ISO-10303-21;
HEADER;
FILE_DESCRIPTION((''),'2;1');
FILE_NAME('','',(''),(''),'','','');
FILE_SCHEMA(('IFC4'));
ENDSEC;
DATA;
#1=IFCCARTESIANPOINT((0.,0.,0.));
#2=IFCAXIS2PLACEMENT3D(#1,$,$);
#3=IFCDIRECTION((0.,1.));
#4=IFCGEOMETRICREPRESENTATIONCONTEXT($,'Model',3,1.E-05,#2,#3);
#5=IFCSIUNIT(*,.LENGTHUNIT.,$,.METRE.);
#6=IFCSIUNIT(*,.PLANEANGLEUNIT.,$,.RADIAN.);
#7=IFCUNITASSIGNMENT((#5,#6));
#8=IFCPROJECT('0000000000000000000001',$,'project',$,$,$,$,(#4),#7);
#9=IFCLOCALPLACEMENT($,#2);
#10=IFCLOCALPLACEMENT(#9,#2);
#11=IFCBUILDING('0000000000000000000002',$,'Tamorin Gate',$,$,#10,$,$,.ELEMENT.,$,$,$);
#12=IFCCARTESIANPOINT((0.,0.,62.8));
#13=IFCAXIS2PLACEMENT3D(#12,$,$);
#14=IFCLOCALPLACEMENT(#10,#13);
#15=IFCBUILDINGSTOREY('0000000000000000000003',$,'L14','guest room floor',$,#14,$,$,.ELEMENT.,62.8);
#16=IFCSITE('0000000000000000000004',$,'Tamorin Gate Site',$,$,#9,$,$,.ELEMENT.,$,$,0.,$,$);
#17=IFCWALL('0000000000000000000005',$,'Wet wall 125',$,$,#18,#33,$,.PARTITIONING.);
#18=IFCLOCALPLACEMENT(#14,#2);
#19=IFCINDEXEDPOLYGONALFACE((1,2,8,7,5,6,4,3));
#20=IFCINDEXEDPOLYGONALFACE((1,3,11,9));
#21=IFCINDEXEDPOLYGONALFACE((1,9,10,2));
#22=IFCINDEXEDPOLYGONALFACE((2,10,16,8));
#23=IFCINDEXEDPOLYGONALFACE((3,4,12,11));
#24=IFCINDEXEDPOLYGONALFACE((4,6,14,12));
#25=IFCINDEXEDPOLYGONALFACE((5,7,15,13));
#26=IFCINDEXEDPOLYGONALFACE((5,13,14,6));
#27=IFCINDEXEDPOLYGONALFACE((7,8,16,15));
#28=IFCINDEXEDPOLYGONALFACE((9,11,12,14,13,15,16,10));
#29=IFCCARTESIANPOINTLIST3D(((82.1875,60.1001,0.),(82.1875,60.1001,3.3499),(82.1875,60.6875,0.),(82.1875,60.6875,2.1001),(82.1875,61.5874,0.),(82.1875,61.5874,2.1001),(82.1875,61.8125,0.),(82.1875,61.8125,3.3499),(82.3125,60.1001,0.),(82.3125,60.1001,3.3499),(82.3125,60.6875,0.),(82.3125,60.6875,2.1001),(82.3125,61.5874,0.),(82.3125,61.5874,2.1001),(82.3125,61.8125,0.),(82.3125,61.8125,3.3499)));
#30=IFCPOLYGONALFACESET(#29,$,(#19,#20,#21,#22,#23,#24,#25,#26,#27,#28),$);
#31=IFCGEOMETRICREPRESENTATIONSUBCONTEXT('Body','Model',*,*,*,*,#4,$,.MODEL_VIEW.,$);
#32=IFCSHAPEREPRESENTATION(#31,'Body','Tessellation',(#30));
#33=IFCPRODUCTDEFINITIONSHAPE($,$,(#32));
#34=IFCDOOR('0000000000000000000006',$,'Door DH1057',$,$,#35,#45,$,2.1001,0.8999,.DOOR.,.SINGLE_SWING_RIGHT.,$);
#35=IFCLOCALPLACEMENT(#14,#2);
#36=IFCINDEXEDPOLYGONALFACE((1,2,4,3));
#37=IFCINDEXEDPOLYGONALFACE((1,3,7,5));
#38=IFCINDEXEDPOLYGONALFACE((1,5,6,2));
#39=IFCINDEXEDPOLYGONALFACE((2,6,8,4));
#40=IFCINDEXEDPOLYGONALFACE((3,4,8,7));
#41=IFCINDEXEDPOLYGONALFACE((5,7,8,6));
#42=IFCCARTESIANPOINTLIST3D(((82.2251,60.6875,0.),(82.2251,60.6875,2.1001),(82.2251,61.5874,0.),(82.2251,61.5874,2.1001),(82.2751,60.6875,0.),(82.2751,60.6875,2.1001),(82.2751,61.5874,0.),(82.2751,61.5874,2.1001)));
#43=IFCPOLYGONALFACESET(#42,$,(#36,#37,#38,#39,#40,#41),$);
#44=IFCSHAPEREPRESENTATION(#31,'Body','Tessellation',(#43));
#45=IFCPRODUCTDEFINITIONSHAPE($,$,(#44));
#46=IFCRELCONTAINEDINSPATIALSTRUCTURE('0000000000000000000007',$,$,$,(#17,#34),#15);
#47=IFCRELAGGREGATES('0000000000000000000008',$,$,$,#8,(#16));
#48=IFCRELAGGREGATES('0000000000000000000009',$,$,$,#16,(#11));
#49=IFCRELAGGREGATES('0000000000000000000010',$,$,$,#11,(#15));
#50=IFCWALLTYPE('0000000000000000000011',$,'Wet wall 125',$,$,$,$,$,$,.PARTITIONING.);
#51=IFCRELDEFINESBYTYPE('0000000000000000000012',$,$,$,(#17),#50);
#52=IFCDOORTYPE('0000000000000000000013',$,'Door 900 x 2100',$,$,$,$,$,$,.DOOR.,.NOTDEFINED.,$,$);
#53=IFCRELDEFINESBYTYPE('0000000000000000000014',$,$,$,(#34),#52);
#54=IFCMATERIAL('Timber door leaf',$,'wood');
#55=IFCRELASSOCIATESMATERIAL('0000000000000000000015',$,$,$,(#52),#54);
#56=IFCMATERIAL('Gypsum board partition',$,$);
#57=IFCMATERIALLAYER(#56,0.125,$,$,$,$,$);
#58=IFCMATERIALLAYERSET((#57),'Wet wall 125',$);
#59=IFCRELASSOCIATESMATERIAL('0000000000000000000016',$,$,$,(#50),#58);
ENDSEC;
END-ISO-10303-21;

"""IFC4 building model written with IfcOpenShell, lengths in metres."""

from ifc_helpers import new_model, si_unit, direction, frame, frame_2d, origin, place, context, subcontext, project, spatial, rectangle, extrude, material, layer, layer_set, type_object, element, fill, save


model = new_model("IFC4")

# Units and contexts
model_context = context("Model", 3, precision=1e-05, world=origin(), true_north=direction((0.0, 1.0)))
body_context = subcontext(model_context, "Body", "Model", "MODEL_VIEW")
ifc_project = project(units=[si_unit("LENGTHUNIT", "METRE"), si_unit("PLANEANGLEUNIT", "RADIAN")], contexts=[model_context])

# Site, building, storey
site_placement = place(None, origin())
site = spatial("IfcSite", under=ifc_project, at=site_placement, Name="Tamorin Gate Site", CompositionType="ELEMENT", RefElevation=0.0)
building_placement = place(site_placement, origin())
building = spatial("IfcBuilding", under=site, at=building_placement, Name="Tamorin Gate", CompositionType="ELEMENT")
storey_placement = place(building_placement, frame((0.0, 0.0, 62.8)))
storey = spatial("IfcBuildingStorey", under=building, at=storey_placement, Name="L14", Description="guest room floor", CompositionType="ELEMENT", Elevation=62.8)

# Wall, opening, door
ifc_material_1 = material(Name="Gypsum board partition")
ifc_material_2 = material(Name="Timber door leaf", Category="wood")
door_type = type_object("IfcDoorType", Name="Door 900 x 2100", OperationType="NOTDEFINED", PredefinedType="DOOR", material=ifc_material_2)
ifc_layer_1 = layer(ifc_material_1, 0.125)
ifc_layer_set_1 = layer_set([ifc_layer_1], Name="Wet wall 125")
wall_type_1 = type_object("IfcWallType", Name="Wet wall 125", PredefinedType="PARTITIONING", material=ifc_layer_set_1)
wall_1_placement = place(storey_placement, frame((82.25, 60.1001, 0.0), z_axis=(0.0, 0.0, 1.0), x_axis=(0.0, 1.0, 0.0)))
wall_1 = element("IfcWall", 1, at=wall_1_placement, inside=storey, type_object=wall_type_1, Name="Wet wall 125", PredefinedType="PARTITIONING", context=body_context, shape_type="SweptSolid", body=[
    extrude(rectangle(XDim=1.7124, YDim=0.125, at=frame_2d((0.8562, 0.0))), origin(), (0.0, 0.0, 1.0), 3.3499),
])
opening_1_placement = place(wall_1_placement, frame((0.5874, 0.0, 0.0)))
opening_1 = element("IfcOpeningElement", 2, at=opening_1_placement, cuts=wall_1, PredefinedType="OPENING", context=body_context, shape_type="SweptSolid", body=[
    extrude(rectangle(XDim=0.8999, YDim=2.1001, at=frame_2d((0.45, 1.05))), frame((0.0, 0.0725, 0.0), z_axis=(0.0, -1.0, 0.0), x_axis=(1.0, 0.0, 0.0)), (0.0, 0.0, 1.0), 0.145),
])
door_1_placement = place(opening_1_placement, origin())
door_1 = element("IfcDoor", 3, at=door_1_placement, inside=storey, type_object=door_type, Name="Door DH1057", OperationType="SINGLE_SWING_RIGHT", OverallHeight=2.1001, OverallWidth=0.8999, PredefinedType="DOOR", context=body_context, shape_type="SweptSolid", body=[
    extrude(rectangle(XDim=0.8999, YDim=2.1001, at=frame_2d((0.45, 1.05))), frame((0.0, 0.0249, 0.0), z_axis=(0.0, -1.0, 0.0), x_axis=(1.0, 0.0, 0.0)), (0.0, 0.0, 1.0), 0.05),
])
fill(opening_1, door_1)

save(model, "model.ifc")
